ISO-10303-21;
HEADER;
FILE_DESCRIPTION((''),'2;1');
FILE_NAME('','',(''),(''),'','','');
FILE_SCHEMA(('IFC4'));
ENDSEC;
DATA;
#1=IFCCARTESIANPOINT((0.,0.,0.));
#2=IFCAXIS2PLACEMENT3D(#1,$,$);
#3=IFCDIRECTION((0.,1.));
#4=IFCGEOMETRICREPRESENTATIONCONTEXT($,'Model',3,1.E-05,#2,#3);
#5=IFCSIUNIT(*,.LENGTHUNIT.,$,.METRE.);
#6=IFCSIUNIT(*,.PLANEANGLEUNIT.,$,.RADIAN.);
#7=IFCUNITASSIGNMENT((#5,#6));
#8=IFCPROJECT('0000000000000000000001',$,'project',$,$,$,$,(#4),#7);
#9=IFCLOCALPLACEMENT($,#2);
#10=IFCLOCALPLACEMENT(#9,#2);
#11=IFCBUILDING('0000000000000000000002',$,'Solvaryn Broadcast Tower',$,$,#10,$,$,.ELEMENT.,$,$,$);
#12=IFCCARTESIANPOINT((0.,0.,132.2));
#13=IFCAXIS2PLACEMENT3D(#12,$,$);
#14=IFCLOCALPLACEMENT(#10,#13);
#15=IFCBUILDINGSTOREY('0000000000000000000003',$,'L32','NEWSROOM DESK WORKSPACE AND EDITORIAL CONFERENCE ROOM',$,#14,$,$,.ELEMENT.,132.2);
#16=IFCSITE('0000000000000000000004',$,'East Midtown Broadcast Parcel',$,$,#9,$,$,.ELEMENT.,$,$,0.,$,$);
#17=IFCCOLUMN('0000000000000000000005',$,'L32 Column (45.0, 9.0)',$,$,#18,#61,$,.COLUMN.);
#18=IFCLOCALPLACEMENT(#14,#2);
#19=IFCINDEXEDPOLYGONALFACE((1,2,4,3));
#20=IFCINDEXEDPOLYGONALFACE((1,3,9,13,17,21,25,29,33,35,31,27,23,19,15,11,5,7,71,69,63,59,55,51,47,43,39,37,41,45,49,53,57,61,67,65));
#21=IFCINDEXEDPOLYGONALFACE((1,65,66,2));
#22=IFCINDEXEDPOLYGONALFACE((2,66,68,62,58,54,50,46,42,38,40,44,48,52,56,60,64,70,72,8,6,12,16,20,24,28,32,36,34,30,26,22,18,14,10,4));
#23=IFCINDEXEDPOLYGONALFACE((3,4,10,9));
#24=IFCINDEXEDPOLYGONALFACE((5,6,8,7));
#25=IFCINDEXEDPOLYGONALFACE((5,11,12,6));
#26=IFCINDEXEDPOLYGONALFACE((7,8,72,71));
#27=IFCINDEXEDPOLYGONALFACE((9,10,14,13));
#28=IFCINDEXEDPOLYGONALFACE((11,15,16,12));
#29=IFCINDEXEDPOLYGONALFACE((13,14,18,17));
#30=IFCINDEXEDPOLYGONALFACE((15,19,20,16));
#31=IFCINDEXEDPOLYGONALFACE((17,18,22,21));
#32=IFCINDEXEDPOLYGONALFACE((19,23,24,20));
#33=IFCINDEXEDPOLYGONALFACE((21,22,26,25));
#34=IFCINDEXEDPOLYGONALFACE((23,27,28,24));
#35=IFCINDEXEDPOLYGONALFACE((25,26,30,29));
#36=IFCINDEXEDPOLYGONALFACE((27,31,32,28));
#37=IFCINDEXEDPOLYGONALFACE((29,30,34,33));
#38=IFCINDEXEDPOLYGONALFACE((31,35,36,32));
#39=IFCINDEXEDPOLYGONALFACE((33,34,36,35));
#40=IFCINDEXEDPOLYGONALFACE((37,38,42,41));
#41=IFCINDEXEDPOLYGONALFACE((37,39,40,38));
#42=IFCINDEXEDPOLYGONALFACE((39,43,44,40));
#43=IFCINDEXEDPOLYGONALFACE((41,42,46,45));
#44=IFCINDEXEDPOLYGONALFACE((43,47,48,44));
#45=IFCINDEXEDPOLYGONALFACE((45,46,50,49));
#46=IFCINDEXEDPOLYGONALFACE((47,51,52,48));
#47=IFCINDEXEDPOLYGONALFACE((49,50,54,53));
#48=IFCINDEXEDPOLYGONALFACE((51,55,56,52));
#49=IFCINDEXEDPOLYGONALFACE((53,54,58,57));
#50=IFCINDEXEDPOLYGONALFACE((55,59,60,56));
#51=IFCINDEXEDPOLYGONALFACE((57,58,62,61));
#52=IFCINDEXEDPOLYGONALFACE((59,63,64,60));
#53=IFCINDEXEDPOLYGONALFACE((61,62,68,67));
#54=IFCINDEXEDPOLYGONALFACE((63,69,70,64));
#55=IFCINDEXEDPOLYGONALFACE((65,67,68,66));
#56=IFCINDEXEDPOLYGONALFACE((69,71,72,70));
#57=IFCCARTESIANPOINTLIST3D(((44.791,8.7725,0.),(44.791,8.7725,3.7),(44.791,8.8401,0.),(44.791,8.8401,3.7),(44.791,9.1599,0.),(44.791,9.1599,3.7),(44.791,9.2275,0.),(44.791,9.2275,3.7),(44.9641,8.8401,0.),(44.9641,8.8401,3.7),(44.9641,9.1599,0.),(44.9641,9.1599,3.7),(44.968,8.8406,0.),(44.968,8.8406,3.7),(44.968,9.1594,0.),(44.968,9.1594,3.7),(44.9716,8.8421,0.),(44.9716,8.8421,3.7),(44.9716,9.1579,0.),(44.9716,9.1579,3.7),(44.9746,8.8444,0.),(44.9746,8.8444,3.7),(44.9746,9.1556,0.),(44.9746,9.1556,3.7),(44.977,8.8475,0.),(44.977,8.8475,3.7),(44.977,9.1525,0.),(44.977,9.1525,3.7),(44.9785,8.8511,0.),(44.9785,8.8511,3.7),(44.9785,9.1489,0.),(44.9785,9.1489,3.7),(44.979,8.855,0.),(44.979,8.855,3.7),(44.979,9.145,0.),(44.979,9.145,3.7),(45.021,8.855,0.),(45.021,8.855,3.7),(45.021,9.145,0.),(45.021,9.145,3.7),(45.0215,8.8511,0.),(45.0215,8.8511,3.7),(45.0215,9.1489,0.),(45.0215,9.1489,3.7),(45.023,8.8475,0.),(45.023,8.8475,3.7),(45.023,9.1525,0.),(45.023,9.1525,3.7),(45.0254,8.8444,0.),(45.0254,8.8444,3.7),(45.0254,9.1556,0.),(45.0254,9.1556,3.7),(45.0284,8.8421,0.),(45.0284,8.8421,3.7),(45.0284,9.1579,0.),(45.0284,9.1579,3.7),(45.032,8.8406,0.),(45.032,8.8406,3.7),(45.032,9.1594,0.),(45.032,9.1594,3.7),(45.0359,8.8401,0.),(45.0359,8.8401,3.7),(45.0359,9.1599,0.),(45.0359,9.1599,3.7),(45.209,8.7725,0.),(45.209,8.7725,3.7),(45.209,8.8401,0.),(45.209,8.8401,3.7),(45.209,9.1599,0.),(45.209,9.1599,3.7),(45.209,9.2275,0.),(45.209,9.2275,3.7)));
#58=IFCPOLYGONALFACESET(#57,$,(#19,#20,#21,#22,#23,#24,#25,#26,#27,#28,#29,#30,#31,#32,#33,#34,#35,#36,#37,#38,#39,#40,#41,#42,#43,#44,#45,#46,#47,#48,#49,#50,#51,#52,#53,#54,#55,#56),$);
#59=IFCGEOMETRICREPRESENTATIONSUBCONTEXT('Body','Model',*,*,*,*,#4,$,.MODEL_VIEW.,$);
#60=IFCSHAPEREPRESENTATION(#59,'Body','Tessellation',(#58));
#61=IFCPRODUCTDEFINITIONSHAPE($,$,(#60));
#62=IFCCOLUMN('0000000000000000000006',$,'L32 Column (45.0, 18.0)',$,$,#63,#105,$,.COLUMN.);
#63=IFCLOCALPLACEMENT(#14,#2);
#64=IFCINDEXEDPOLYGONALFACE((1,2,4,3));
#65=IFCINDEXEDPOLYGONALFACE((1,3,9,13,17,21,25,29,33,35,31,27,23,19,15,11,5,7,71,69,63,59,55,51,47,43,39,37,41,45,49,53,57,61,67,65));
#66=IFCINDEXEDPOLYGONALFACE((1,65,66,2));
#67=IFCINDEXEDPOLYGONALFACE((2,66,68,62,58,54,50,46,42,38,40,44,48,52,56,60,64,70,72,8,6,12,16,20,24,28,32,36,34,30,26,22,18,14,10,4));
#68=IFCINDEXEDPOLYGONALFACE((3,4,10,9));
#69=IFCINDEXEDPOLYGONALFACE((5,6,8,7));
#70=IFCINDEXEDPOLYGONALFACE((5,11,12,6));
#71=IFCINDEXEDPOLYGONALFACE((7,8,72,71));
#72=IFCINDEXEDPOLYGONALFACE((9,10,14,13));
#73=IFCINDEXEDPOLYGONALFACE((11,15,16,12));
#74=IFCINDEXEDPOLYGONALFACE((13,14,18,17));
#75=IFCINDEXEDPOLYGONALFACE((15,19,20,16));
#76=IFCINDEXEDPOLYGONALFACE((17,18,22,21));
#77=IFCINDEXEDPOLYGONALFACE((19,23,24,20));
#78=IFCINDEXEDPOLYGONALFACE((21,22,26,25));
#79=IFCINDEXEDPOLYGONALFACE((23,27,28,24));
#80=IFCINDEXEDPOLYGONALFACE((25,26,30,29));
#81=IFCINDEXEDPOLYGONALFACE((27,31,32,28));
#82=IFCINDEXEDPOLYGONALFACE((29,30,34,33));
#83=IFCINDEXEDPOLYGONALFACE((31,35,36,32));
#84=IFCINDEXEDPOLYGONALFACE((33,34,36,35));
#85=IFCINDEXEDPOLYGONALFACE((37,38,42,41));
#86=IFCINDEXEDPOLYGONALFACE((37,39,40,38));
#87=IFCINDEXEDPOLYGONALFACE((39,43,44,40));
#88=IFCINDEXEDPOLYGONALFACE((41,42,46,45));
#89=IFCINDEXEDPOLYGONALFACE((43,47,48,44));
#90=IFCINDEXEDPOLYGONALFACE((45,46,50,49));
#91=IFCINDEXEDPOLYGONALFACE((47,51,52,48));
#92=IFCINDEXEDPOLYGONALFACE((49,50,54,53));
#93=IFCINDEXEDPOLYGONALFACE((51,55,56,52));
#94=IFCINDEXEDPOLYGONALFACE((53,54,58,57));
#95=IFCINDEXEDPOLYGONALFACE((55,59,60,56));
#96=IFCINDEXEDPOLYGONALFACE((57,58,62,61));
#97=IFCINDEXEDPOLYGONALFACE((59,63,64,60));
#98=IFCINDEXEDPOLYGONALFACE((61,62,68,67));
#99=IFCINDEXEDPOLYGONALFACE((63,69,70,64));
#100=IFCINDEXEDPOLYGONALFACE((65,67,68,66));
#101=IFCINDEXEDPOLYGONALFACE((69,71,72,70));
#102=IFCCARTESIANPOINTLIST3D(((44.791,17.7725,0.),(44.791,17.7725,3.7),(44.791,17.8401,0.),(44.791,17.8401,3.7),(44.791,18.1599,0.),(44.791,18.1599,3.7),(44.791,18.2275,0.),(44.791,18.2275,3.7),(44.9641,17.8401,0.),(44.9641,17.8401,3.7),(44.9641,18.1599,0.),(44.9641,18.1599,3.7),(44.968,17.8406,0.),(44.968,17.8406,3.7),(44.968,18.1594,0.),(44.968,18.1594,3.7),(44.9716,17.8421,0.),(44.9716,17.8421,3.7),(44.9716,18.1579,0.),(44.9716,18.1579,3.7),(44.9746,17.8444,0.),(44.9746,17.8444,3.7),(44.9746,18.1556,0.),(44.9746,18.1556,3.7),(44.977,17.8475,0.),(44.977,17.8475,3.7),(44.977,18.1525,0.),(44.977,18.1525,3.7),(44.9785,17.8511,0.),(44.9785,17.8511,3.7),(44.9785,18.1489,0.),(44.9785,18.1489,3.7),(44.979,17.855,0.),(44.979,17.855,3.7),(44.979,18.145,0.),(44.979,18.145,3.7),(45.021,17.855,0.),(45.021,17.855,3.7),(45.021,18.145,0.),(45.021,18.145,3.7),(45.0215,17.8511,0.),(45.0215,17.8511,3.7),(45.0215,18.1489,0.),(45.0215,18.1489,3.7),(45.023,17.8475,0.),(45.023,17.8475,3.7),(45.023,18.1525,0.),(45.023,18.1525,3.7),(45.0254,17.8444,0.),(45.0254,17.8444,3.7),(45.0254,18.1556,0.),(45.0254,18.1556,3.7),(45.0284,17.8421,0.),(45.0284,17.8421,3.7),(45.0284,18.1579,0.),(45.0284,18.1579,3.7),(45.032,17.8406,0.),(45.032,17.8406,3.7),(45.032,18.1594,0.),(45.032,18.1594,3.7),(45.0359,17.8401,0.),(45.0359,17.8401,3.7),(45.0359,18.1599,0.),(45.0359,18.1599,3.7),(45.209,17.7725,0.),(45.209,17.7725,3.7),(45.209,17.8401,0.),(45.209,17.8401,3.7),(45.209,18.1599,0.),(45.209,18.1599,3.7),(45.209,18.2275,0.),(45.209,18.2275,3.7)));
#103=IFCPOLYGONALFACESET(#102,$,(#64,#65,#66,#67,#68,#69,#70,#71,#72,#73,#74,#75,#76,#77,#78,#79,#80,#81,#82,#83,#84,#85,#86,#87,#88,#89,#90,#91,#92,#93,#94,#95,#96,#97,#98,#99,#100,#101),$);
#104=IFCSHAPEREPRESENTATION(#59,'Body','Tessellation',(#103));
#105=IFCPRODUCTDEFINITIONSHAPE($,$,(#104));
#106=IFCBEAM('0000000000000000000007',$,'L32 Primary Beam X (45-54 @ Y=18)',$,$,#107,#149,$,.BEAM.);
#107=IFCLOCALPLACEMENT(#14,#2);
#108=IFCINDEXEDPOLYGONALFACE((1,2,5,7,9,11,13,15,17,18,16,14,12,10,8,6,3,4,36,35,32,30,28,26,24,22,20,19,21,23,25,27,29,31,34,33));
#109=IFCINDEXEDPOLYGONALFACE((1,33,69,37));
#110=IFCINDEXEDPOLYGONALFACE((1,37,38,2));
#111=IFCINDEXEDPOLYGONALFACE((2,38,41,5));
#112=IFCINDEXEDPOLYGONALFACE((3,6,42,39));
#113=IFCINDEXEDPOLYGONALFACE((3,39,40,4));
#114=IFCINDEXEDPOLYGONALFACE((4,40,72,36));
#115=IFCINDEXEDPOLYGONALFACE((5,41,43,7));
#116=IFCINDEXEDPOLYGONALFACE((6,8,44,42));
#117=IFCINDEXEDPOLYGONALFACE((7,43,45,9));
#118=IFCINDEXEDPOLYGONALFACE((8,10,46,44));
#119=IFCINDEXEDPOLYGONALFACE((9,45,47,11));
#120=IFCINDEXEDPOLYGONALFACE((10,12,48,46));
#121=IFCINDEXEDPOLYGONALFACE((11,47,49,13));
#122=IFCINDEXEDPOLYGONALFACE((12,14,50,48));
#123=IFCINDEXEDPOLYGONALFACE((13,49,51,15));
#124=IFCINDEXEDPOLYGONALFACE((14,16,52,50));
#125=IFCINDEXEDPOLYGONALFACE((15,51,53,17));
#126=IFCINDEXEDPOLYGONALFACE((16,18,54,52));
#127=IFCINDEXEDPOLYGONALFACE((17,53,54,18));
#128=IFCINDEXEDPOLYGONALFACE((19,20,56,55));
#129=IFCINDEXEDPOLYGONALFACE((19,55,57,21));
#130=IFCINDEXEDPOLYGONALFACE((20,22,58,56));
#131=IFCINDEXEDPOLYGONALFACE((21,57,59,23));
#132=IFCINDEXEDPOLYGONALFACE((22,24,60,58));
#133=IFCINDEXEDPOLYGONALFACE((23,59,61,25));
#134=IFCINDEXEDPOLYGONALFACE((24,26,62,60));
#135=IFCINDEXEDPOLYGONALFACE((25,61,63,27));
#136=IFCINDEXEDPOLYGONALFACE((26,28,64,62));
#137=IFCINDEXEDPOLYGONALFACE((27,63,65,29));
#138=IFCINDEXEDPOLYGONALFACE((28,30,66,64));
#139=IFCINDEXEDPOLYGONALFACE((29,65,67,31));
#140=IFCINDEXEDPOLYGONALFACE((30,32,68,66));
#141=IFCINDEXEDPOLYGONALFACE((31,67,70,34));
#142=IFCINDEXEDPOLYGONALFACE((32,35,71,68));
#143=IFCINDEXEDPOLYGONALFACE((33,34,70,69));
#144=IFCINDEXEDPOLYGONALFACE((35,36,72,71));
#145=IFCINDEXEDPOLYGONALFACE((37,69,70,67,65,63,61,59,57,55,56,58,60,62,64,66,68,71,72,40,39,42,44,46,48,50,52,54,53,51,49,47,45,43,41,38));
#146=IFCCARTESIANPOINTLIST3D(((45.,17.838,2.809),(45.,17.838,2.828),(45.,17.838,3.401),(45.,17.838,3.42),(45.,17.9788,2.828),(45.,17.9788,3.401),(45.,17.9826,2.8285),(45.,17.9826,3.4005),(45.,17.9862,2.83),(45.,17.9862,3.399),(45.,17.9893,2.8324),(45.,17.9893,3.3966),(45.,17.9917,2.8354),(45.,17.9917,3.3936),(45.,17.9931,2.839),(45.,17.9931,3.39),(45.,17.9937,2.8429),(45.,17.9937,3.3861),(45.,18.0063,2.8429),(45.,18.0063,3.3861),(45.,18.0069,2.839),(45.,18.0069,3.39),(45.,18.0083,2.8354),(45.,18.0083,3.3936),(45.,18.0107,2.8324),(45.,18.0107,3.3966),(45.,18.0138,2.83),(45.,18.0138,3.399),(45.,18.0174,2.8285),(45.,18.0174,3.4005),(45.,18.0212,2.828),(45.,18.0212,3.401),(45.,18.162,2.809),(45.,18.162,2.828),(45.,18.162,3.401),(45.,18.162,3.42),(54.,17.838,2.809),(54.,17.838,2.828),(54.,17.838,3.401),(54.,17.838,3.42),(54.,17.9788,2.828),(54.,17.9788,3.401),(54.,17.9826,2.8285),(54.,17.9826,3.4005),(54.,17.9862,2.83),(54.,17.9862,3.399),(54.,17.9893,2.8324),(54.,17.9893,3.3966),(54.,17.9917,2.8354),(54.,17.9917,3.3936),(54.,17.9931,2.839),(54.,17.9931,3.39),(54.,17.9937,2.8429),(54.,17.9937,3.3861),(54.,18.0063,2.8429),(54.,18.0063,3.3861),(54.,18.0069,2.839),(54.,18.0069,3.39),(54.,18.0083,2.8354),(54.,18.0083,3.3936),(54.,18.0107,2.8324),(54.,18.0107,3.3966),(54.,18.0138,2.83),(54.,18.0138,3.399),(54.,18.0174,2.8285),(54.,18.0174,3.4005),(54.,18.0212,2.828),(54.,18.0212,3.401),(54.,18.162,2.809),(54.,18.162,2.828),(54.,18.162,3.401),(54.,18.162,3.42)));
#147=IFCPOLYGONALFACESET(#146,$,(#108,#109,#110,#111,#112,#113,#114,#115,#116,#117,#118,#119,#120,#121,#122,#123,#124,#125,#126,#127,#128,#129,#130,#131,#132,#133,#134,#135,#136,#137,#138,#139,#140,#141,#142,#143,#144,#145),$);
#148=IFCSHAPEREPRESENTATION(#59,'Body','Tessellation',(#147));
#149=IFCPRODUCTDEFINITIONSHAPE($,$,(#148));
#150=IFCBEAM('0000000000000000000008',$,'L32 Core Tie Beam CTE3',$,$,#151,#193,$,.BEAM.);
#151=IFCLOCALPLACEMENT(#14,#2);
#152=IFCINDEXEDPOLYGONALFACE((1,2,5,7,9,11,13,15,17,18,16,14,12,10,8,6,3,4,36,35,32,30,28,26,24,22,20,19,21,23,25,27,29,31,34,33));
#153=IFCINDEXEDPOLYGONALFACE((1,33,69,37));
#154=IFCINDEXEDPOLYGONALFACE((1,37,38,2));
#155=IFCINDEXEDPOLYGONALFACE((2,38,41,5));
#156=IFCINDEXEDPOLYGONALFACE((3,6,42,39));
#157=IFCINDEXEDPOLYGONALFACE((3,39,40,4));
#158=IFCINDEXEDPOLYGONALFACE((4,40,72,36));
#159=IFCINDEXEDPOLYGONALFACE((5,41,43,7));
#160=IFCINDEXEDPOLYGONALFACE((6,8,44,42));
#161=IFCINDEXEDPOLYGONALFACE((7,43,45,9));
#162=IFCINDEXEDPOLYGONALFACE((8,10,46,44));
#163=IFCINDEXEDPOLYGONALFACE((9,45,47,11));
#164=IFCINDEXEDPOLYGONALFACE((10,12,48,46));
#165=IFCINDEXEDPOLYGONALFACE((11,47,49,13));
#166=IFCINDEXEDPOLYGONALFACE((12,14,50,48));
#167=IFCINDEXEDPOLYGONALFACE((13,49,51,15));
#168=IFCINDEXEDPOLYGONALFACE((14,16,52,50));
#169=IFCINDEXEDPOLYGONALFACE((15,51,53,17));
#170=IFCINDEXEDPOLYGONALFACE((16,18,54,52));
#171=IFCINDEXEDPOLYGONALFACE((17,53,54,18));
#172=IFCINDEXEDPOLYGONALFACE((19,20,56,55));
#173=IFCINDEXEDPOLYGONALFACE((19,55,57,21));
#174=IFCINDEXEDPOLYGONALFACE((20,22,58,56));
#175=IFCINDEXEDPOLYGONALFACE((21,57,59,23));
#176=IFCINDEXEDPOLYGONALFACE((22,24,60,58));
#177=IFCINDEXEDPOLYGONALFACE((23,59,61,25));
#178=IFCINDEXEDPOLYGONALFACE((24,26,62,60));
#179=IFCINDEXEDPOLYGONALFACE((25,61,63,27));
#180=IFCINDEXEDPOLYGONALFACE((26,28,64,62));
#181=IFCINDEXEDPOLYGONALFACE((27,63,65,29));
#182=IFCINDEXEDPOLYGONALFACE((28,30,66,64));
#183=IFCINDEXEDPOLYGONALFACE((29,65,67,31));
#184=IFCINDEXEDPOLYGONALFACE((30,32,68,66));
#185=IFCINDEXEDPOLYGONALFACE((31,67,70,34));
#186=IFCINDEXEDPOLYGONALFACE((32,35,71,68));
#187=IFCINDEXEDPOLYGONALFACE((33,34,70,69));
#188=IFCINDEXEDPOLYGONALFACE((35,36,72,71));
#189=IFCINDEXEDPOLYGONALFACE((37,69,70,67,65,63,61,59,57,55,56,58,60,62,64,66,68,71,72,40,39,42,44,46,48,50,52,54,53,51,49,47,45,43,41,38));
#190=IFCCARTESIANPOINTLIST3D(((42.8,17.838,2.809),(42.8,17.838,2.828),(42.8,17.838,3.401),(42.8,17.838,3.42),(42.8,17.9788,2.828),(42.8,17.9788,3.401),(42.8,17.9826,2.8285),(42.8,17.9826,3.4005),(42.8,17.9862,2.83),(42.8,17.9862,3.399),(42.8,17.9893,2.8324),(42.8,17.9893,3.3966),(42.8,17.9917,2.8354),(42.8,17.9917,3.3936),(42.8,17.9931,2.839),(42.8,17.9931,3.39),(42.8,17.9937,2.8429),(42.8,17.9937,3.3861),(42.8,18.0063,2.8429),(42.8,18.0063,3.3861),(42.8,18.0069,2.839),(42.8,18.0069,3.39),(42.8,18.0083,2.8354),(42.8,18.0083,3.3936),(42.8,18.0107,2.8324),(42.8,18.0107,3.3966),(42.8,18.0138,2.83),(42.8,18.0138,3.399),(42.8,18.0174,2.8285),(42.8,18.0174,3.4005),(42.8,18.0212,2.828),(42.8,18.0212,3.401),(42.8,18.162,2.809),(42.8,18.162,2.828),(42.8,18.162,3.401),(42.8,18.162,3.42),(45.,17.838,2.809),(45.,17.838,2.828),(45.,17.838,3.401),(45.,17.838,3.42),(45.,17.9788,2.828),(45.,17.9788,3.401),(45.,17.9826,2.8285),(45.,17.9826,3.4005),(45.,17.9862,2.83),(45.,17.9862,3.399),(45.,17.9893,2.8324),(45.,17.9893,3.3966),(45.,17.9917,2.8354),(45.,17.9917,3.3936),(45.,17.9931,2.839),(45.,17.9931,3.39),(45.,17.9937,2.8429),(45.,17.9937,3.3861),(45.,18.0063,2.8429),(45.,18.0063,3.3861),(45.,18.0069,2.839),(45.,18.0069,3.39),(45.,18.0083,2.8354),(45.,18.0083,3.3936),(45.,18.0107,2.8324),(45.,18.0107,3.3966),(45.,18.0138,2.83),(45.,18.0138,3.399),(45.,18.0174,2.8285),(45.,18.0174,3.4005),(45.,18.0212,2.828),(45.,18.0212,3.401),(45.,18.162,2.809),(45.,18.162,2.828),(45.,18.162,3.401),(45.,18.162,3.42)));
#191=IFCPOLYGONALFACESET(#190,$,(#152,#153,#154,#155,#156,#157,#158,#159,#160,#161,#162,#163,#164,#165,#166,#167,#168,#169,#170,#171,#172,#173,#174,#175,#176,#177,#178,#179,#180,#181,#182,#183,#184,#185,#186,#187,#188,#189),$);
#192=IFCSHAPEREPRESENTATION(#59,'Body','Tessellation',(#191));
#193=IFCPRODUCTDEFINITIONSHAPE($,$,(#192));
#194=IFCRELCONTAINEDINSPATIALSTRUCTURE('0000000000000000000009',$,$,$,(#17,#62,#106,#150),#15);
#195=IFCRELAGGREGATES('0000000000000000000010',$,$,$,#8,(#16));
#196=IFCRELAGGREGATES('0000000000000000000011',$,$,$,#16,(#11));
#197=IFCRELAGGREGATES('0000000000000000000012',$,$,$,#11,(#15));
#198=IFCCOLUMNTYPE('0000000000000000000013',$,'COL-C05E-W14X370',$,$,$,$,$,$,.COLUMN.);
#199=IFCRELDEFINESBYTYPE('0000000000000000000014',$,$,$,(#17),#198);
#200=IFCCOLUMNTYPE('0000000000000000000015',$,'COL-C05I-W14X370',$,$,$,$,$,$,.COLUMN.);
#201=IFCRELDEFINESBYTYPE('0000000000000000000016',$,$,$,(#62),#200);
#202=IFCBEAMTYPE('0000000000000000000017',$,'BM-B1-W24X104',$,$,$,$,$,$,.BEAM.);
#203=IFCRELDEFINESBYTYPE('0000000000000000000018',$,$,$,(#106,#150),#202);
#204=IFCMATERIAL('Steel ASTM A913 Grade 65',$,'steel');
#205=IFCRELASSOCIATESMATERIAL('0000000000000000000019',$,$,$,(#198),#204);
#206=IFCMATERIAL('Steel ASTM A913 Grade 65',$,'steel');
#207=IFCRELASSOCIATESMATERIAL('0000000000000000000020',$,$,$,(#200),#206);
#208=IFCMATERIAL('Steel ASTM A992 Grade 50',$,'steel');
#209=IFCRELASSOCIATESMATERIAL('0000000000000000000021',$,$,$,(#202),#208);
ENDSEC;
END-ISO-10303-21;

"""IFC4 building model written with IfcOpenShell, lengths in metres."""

from ifc_helpers import new_model, si_unit, direction, frame, origin, origin_2d, place, context, subcontext, project, spatial, i_section, extrude, material, material_profile, profile_set, type_object, element, save


model = new_model("IFC4")

# Units and contexts
model_context = context("Model", 3, precision=1e-05, world=origin(), true_north=direction((0.0, 1.0)))
body_context = subcontext(model_context, "Body", "Model", "MODEL_VIEW")
ifc_project = project(units=[si_unit("LENGTHUNIT", "METRE"), si_unit("PLANEANGLEUNIT", "RADIAN")], contexts=[model_context])

# Site, building, storey
site_placement = place(None, origin())
site = spatial("IfcSite", under=ifc_project, at=site_placement, Name="East Midtown Broadcast Parcel", CompositionType="ELEMENT", RefElevation=0.0)
building_placement = place(site_placement, origin())
building = spatial("IfcBuilding", under=site, at=building_placement, Name="Solvaryn Broadcast Tower", CompositionType="ELEMENT")
storey_placement = place(building_placement, frame((0.0, 0.0, 132.2)))
storey = spatial("IfcBuildingStorey", under=building, at=storey_placement, Name="L32", Description="NEWSROOM DESK WORKSPACE AND EDITORIAL CONFERENCE ROOM", CompositionType="ELEMENT", Elevation=132.2)

# Columns
ifc_material_1 = material(Name="Steel ASTM A913 Grade 65", Category="steel")
ifc_material_profile_1 = material_profile(ifc_material_1, i_section(OverallWidth=0.418, OverallDepth=0.4551, WebThickness=0.042, FlangeThickness=0.0676, FilletRadius=0.0149, at=origin_2d()))
ifc_profile_set_1 = profile_set([ifc_material_profile_1], Name="Steel ASTM A913 Grade 65")
column_type_1 = type_object("IfcColumnType", Name="COL-C05E-W14X370", PredefinedType="COLUMN", material=ifc_profile_set_1)
column_1_placement = place(storey_placement, frame((45.0, 9.0, 0.0), z_axis=(0.0, 0.0, 1.0), x_axis=(1.0, 0.0, 0.0)))
element("IfcColumn", 1, at=column_1_placement, inside=storey, type_object=column_type_1, Name="L32 Column (45.0, 9.0)", PredefinedType="COLUMN", context=body_context, shape_type="SweptSolid", body=[
    extrude(i_section(OverallWidth=0.418, OverallDepth=0.4551, WebThickness=0.042, FlangeThickness=0.0676, FilletRadius=0.0149, at=origin_2d()), origin(), (0.0, 0.0, 1.0), 3.7),
])
ifc_material_2 = material(Name="Steel ASTM A913 Grade 65", Category="steel")
ifc_material_profile_2 = material_profile(ifc_material_2, i_section(OverallWidth=0.418, OverallDepth=0.4551, WebThickness=0.042, FlangeThickness=0.0676, FilletRadius=0.0149, at=origin_2d()))
ifc_profile_set_2 = profile_set([ifc_material_profile_2], Name="Steel ASTM A913 Grade 65")
column_type_2 = type_object("IfcColumnType", Name="COL-C05I-W14X370", PredefinedType="COLUMN", material=ifc_profile_set_2)
column_2_placement = place(storey_placement, frame((45.0, 18.0, 0.0), z_axis=(0.0, 0.0, 1.0), x_axis=(1.0, 0.0, 0.0)))
element("IfcColumn", 2, at=column_2_placement, inside=storey, type_object=column_type_2, Name="L32 Column (45.0, 18.0)", PredefinedType="COLUMN", context=body_context, shape_type="SweptSolid", body=[
    extrude(i_section(OverallWidth=0.418, OverallDepth=0.4551, WebThickness=0.042, FlangeThickness=0.0676, FilletRadius=0.0149, at=origin_2d()), origin(), (0.0, 0.0, 1.0), 3.7),
])

# Beams
ifc_material_3 = material(Name="Steel ASTM A992 Grade 50", Category="steel")
ifc_material_profile_3 = material_profile(ifc_material_3, i_section(OverallWidth=0.324, OverallDepth=0.6111, WebThickness=0.0127, FlangeThickness=0.019, FilletRadius=0.0149, at=origin_2d()))
ifc_profile_set_3 = profile_set([ifc_material_profile_3], Name="Steel ASTM A992 Grade 50")
beam_type = type_object("IfcBeamType", Name="BM-B1-W24X104", PredefinedType="BEAM", material=ifc_profile_set_3)
beam_1_placement = place(storey_placement, frame((45.0, 18.0, 3.1145), z_axis=(1.0, 0.0, 0.0), x_axis=(0.0, 1.0, 0.0)))
element("IfcBeam", 3, at=beam_1_placement, inside=storey, type_object=beam_type, Name="L32 Primary Beam X (45-54 @ Y=18)", PredefinedType="BEAM", context=body_context, shape_type="SweptSolid", body=[
    extrude(i_section(OverallWidth=0.324, OverallDepth=0.6111, WebThickness=0.0127, FlangeThickness=0.019, FilletRadius=0.0149, at=origin_2d()), origin(), (0.0, 0.0, 1.0), 9.0),
])
beam_2_placement = place(storey_placement, frame((42.8, 18.0, 3.1145), z_axis=(1.0, 0.0, 0.0), x_axis=(0.0, 1.0, 0.0)))
element("IfcBeam", 4, at=beam_2_placement, inside=storey, type_object=beam_type, Name="L32 Core Tie Beam CTE3", PredefinedType="BEAM", context=body_context, shape_type="SweptSolid", body=[
    extrude(i_section(OverallWidth=0.324, OverallDepth=0.6111, WebThickness=0.0127, FlangeThickness=0.019, FilletRadius=0.0149, at=origin_2d()), origin(), (0.0, 0.0, 1.0), 2.2),
])

save(model, "model.ifc")
